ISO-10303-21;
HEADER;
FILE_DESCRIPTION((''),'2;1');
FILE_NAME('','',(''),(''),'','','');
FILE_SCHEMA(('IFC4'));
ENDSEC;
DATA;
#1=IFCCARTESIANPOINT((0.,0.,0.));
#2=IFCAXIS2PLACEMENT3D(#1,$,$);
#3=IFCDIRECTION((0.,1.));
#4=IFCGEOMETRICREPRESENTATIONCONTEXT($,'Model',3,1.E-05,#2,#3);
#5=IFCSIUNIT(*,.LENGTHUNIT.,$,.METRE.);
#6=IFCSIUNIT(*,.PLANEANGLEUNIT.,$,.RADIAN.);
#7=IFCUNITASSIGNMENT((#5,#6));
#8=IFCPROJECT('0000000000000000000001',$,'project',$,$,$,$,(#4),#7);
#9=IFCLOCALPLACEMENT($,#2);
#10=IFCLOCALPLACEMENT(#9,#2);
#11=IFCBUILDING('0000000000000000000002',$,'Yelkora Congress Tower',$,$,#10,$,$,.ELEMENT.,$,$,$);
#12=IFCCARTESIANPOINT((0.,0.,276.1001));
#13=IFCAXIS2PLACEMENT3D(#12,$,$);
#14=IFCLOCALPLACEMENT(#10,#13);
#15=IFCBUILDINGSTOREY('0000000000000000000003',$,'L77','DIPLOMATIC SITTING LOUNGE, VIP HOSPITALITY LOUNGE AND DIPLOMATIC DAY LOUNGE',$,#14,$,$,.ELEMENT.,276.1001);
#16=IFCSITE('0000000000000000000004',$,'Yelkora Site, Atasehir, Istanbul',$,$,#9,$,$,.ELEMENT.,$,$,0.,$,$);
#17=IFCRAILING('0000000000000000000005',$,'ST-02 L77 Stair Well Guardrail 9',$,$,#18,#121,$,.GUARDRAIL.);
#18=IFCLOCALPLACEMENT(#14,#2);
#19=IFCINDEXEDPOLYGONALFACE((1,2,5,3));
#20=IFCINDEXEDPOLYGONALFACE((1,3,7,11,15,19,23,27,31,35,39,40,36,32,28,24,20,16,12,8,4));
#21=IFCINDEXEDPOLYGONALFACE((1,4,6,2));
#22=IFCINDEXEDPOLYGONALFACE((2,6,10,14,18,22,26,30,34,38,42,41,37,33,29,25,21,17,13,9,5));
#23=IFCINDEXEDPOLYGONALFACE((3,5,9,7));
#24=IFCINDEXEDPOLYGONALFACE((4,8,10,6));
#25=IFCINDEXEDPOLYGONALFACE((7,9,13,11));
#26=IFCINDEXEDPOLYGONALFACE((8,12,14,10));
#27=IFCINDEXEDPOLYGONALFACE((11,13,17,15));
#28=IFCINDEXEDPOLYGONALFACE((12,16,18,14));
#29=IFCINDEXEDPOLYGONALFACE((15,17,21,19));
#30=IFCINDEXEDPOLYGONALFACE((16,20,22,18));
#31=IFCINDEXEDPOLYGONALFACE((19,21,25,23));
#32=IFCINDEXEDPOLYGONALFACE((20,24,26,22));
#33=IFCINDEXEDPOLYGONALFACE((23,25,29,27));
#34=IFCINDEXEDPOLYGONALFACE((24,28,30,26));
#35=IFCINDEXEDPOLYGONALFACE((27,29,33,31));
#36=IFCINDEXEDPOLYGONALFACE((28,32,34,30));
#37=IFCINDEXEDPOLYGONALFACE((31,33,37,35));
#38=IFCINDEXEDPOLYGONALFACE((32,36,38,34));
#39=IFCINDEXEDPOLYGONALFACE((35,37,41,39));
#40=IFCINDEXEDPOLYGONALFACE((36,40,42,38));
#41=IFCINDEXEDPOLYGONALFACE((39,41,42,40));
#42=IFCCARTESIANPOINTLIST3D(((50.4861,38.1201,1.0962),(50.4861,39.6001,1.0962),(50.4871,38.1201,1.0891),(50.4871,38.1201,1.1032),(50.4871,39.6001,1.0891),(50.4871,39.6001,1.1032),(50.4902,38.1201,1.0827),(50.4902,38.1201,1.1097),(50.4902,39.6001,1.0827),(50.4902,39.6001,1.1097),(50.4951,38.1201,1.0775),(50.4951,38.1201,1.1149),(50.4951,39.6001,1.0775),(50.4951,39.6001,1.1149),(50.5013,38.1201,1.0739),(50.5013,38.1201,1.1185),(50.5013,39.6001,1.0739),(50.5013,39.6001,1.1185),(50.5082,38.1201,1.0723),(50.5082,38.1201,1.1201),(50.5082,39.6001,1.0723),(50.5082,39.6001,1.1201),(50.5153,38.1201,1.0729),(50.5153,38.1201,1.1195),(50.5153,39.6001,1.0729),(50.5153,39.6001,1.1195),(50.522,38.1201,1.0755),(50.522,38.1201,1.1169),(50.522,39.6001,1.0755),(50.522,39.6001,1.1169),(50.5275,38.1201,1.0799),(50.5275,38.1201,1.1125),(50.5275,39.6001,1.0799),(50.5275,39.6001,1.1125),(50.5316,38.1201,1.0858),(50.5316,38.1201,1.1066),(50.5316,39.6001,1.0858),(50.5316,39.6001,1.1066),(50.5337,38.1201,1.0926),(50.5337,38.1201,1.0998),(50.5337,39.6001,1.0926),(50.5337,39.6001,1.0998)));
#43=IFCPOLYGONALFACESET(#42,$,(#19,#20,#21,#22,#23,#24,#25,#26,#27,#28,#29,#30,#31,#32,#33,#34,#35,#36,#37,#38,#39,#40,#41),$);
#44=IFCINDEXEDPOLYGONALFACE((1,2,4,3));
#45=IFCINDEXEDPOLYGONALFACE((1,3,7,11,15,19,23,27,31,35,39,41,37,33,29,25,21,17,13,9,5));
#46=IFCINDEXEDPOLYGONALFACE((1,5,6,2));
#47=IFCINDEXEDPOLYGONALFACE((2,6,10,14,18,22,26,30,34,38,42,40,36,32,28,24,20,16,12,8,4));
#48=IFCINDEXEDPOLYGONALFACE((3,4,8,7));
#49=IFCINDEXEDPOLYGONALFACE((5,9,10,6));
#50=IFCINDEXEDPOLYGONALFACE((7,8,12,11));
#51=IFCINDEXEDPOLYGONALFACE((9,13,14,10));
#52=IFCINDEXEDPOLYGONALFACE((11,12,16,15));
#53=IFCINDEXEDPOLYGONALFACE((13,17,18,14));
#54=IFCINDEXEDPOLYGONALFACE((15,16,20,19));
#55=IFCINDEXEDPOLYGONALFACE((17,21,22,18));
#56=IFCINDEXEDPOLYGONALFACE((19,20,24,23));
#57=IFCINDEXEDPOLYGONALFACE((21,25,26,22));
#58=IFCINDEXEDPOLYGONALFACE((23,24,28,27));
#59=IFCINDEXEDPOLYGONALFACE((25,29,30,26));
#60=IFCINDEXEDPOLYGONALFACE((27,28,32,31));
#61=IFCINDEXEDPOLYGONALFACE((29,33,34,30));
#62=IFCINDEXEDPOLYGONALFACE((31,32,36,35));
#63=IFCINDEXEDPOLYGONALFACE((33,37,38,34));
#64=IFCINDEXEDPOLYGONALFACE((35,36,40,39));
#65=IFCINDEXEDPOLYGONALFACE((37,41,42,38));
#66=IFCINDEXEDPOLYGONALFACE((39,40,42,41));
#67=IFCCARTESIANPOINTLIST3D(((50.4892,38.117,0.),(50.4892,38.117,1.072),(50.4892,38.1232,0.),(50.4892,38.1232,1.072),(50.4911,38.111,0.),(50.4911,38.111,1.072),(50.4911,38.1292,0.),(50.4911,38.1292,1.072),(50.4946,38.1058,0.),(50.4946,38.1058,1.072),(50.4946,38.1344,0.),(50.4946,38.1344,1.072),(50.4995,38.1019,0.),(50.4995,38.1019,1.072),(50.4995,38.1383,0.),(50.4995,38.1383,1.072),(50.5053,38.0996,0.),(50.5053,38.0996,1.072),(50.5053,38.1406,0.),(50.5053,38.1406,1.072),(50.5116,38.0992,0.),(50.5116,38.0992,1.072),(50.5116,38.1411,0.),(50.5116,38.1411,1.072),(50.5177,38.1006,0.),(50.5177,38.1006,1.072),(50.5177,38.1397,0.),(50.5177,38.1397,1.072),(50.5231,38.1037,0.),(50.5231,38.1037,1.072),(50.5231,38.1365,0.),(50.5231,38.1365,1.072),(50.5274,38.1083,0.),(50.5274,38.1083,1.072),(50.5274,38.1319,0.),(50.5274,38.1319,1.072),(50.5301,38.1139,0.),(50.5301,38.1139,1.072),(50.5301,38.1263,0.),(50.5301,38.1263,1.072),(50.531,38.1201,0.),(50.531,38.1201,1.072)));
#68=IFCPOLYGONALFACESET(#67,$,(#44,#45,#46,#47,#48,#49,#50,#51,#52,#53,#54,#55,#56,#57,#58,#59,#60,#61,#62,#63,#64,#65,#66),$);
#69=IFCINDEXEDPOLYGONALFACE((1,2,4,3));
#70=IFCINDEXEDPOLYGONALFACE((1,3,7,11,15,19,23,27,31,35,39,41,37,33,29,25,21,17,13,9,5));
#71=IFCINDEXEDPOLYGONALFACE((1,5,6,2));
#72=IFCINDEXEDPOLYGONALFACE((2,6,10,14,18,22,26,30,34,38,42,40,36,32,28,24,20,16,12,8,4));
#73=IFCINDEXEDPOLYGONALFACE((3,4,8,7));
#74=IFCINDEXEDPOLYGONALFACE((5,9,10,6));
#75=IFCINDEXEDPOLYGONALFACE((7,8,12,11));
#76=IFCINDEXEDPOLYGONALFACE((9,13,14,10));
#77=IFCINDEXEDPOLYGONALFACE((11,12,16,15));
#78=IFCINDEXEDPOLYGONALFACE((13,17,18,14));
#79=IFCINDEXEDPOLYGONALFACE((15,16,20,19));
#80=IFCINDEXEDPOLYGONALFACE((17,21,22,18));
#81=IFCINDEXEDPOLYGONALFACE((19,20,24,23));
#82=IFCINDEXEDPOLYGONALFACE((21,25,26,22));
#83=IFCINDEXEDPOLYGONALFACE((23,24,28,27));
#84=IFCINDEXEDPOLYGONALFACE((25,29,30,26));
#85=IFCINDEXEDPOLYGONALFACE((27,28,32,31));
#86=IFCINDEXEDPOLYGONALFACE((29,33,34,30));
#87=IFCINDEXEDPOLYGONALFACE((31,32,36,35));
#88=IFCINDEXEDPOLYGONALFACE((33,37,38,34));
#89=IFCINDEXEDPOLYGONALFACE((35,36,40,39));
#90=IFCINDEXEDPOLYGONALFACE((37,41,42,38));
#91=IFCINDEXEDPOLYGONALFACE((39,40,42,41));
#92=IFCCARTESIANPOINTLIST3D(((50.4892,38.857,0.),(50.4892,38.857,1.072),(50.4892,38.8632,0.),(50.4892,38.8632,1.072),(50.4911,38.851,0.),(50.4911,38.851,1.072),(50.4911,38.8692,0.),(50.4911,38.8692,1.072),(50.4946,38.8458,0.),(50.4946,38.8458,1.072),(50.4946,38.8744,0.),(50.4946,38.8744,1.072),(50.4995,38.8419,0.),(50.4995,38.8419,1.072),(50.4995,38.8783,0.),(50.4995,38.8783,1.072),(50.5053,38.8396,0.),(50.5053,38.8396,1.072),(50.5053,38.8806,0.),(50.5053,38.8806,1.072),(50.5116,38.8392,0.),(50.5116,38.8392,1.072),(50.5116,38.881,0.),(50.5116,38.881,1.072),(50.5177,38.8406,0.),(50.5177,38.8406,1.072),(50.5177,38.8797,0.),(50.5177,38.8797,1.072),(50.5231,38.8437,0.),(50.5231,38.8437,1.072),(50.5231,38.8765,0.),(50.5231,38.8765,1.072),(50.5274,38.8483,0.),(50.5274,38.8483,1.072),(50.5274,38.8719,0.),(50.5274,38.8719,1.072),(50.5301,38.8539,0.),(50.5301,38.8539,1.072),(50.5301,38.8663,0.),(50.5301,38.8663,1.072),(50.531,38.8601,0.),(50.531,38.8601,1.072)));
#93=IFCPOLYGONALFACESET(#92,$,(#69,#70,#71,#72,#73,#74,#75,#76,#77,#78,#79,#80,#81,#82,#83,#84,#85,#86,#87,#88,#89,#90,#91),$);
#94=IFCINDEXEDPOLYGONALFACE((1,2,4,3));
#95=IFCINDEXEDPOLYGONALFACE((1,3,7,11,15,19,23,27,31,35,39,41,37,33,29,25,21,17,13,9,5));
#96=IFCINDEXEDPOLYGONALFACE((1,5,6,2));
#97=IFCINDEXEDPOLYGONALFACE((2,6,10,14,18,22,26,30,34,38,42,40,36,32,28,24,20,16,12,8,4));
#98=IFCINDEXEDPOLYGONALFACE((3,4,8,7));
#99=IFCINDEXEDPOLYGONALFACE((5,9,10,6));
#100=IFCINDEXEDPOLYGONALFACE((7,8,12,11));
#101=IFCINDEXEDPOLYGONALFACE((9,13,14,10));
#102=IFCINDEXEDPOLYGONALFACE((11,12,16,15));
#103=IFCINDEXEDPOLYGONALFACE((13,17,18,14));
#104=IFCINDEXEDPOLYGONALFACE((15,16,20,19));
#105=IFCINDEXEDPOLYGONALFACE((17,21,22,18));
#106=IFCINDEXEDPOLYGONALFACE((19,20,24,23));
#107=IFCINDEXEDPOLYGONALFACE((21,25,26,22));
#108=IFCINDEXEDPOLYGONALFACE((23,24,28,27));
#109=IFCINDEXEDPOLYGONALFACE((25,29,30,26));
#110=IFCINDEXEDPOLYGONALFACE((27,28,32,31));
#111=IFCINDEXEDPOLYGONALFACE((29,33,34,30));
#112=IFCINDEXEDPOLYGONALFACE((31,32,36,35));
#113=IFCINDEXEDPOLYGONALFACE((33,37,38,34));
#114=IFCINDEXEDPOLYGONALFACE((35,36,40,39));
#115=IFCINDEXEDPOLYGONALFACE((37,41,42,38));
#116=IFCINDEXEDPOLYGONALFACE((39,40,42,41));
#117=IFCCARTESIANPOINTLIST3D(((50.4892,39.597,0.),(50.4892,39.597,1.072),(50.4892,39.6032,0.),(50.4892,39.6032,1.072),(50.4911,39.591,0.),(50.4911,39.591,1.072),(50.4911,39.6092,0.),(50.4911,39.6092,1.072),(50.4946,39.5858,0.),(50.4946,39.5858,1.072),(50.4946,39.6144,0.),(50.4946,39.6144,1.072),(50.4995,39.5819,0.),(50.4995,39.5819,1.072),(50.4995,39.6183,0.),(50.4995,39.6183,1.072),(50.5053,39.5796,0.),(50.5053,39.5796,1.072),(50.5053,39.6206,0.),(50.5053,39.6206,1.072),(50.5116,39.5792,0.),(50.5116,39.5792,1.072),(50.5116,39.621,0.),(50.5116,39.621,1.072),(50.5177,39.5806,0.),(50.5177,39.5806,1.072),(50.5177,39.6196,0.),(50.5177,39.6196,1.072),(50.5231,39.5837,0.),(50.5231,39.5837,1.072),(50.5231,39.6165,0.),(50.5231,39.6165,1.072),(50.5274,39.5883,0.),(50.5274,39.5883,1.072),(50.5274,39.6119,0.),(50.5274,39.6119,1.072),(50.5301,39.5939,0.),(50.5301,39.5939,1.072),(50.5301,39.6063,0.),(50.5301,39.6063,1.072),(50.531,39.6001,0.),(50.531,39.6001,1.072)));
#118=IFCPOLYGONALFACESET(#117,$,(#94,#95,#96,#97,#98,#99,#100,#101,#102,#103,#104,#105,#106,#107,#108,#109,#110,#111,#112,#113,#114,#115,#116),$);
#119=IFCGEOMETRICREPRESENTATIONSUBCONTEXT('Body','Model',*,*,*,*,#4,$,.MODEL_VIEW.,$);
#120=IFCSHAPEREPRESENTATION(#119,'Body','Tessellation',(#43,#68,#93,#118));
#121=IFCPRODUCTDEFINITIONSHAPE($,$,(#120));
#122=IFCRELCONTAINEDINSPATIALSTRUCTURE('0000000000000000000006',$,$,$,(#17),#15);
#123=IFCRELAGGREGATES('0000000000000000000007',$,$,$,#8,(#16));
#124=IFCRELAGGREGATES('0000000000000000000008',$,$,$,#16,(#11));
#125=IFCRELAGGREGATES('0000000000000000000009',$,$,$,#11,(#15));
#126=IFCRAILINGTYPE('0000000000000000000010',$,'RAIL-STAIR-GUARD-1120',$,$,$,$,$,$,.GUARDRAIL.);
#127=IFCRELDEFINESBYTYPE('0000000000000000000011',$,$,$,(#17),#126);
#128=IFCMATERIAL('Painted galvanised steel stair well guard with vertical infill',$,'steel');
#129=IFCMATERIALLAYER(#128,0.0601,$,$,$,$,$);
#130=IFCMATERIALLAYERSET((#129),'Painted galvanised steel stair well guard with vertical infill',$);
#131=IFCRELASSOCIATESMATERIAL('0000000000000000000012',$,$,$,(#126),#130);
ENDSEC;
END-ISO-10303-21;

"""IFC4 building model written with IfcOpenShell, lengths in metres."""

from ifc_helpers import new_model, si_unit, direction, frame, origin, origin_2d, place, context, subcontext, project, spatial, circle, extrude, material, layer, layer_set, type_object, element, save


model = new_model("IFC4")

# Units and contexts
model_context = context("Model", 3, precision=1e-05, world=origin(), true_north=direction((0.0, 1.0)))
body_context = subcontext(model_context, "Body", "Model", "MODEL_VIEW")
ifc_project = project(units=[si_unit("LENGTHUNIT", "METRE"), si_unit("PLANEANGLEUNIT", "RADIAN")], contexts=[model_context])

# Site, building, storey
site_placement = place(None, origin())
site = spatial("IfcSite", under=ifc_project, at=site_placement, Name="Yelkora Site, Atasehir, Istanbul", CompositionType="ELEMENT", RefElevation=0.0)
building_placement = place(site_placement, origin())
building = spatial("IfcBuilding", under=site, at=building_placement, Name="Yelkora Congress Tower", CompositionType="ELEMENT")
storey_placement = place(building_placement, frame((0.0, 0.0, 276.1001)))
storey = spatial("IfcBuildingStorey", under=building, at=storey_placement, Name="L77", Description="DIPLOMATIC SITTING LOUNGE, VIP HOSPITALITY LOUNGE AND DIPLOMATIC DAY LOUNGE", CompositionType="ELEMENT", Elevation=276.1001)

# Railing
ifc_material_1 = material(Name="Painted galvanised steel stair well guard with vertical infill", Category="steel")
ifc_layer_1 = layer(ifc_material_1, 0.0601)
ifc_layer_set_1 = layer_set([ifc_layer_1], Name="Painted galvanised steel stair well guard with vertical infill")
railing_type_1 = type_object("IfcRailingType", Name="RAIL-STAIR-GUARD-1120", PredefinedType="GUARDRAIL", material=ifc_layer_set_1)
for number, where, name in (
    (1, (50.51, 38.1201, 0.0), "ST-02 L77 Stair Well Guardrail 9"),
):
    element("IfcRailing", number, at=place(storey_placement, frame(where)), inside=storey, type_object=railing_type_1, Name=name, PredefinedType="GUARDRAIL", context=body_context, shape_type="SweptSolid", body=[
        extrude(circle(Radius=0.0239, at=origin_2d()), frame((0.0, 0.0, 1.0962), z_axis=(0.0, 1.0, 0.0), x_axis=(-1.0, 0.0, 0.0)), (0.0, 0.0, 1.0), 1.48),
        extrude(circle(Radius=0.021, at=origin_2d()), origin(), (0.0, 0.0, 1.0), 1.072),
        extrude(circle(Radius=0.021, at=origin_2d()), frame((0.0, 0.74, 0.0)), (0.0, 0.0, 1.0), 1.072),
        extrude(circle(Radius=0.021, at=origin_2d()), frame((0.0, 1.48, 0.0)), (0.0, 0.0, 1.0), 1.072),
    ])

save(model, "model.ifc")
